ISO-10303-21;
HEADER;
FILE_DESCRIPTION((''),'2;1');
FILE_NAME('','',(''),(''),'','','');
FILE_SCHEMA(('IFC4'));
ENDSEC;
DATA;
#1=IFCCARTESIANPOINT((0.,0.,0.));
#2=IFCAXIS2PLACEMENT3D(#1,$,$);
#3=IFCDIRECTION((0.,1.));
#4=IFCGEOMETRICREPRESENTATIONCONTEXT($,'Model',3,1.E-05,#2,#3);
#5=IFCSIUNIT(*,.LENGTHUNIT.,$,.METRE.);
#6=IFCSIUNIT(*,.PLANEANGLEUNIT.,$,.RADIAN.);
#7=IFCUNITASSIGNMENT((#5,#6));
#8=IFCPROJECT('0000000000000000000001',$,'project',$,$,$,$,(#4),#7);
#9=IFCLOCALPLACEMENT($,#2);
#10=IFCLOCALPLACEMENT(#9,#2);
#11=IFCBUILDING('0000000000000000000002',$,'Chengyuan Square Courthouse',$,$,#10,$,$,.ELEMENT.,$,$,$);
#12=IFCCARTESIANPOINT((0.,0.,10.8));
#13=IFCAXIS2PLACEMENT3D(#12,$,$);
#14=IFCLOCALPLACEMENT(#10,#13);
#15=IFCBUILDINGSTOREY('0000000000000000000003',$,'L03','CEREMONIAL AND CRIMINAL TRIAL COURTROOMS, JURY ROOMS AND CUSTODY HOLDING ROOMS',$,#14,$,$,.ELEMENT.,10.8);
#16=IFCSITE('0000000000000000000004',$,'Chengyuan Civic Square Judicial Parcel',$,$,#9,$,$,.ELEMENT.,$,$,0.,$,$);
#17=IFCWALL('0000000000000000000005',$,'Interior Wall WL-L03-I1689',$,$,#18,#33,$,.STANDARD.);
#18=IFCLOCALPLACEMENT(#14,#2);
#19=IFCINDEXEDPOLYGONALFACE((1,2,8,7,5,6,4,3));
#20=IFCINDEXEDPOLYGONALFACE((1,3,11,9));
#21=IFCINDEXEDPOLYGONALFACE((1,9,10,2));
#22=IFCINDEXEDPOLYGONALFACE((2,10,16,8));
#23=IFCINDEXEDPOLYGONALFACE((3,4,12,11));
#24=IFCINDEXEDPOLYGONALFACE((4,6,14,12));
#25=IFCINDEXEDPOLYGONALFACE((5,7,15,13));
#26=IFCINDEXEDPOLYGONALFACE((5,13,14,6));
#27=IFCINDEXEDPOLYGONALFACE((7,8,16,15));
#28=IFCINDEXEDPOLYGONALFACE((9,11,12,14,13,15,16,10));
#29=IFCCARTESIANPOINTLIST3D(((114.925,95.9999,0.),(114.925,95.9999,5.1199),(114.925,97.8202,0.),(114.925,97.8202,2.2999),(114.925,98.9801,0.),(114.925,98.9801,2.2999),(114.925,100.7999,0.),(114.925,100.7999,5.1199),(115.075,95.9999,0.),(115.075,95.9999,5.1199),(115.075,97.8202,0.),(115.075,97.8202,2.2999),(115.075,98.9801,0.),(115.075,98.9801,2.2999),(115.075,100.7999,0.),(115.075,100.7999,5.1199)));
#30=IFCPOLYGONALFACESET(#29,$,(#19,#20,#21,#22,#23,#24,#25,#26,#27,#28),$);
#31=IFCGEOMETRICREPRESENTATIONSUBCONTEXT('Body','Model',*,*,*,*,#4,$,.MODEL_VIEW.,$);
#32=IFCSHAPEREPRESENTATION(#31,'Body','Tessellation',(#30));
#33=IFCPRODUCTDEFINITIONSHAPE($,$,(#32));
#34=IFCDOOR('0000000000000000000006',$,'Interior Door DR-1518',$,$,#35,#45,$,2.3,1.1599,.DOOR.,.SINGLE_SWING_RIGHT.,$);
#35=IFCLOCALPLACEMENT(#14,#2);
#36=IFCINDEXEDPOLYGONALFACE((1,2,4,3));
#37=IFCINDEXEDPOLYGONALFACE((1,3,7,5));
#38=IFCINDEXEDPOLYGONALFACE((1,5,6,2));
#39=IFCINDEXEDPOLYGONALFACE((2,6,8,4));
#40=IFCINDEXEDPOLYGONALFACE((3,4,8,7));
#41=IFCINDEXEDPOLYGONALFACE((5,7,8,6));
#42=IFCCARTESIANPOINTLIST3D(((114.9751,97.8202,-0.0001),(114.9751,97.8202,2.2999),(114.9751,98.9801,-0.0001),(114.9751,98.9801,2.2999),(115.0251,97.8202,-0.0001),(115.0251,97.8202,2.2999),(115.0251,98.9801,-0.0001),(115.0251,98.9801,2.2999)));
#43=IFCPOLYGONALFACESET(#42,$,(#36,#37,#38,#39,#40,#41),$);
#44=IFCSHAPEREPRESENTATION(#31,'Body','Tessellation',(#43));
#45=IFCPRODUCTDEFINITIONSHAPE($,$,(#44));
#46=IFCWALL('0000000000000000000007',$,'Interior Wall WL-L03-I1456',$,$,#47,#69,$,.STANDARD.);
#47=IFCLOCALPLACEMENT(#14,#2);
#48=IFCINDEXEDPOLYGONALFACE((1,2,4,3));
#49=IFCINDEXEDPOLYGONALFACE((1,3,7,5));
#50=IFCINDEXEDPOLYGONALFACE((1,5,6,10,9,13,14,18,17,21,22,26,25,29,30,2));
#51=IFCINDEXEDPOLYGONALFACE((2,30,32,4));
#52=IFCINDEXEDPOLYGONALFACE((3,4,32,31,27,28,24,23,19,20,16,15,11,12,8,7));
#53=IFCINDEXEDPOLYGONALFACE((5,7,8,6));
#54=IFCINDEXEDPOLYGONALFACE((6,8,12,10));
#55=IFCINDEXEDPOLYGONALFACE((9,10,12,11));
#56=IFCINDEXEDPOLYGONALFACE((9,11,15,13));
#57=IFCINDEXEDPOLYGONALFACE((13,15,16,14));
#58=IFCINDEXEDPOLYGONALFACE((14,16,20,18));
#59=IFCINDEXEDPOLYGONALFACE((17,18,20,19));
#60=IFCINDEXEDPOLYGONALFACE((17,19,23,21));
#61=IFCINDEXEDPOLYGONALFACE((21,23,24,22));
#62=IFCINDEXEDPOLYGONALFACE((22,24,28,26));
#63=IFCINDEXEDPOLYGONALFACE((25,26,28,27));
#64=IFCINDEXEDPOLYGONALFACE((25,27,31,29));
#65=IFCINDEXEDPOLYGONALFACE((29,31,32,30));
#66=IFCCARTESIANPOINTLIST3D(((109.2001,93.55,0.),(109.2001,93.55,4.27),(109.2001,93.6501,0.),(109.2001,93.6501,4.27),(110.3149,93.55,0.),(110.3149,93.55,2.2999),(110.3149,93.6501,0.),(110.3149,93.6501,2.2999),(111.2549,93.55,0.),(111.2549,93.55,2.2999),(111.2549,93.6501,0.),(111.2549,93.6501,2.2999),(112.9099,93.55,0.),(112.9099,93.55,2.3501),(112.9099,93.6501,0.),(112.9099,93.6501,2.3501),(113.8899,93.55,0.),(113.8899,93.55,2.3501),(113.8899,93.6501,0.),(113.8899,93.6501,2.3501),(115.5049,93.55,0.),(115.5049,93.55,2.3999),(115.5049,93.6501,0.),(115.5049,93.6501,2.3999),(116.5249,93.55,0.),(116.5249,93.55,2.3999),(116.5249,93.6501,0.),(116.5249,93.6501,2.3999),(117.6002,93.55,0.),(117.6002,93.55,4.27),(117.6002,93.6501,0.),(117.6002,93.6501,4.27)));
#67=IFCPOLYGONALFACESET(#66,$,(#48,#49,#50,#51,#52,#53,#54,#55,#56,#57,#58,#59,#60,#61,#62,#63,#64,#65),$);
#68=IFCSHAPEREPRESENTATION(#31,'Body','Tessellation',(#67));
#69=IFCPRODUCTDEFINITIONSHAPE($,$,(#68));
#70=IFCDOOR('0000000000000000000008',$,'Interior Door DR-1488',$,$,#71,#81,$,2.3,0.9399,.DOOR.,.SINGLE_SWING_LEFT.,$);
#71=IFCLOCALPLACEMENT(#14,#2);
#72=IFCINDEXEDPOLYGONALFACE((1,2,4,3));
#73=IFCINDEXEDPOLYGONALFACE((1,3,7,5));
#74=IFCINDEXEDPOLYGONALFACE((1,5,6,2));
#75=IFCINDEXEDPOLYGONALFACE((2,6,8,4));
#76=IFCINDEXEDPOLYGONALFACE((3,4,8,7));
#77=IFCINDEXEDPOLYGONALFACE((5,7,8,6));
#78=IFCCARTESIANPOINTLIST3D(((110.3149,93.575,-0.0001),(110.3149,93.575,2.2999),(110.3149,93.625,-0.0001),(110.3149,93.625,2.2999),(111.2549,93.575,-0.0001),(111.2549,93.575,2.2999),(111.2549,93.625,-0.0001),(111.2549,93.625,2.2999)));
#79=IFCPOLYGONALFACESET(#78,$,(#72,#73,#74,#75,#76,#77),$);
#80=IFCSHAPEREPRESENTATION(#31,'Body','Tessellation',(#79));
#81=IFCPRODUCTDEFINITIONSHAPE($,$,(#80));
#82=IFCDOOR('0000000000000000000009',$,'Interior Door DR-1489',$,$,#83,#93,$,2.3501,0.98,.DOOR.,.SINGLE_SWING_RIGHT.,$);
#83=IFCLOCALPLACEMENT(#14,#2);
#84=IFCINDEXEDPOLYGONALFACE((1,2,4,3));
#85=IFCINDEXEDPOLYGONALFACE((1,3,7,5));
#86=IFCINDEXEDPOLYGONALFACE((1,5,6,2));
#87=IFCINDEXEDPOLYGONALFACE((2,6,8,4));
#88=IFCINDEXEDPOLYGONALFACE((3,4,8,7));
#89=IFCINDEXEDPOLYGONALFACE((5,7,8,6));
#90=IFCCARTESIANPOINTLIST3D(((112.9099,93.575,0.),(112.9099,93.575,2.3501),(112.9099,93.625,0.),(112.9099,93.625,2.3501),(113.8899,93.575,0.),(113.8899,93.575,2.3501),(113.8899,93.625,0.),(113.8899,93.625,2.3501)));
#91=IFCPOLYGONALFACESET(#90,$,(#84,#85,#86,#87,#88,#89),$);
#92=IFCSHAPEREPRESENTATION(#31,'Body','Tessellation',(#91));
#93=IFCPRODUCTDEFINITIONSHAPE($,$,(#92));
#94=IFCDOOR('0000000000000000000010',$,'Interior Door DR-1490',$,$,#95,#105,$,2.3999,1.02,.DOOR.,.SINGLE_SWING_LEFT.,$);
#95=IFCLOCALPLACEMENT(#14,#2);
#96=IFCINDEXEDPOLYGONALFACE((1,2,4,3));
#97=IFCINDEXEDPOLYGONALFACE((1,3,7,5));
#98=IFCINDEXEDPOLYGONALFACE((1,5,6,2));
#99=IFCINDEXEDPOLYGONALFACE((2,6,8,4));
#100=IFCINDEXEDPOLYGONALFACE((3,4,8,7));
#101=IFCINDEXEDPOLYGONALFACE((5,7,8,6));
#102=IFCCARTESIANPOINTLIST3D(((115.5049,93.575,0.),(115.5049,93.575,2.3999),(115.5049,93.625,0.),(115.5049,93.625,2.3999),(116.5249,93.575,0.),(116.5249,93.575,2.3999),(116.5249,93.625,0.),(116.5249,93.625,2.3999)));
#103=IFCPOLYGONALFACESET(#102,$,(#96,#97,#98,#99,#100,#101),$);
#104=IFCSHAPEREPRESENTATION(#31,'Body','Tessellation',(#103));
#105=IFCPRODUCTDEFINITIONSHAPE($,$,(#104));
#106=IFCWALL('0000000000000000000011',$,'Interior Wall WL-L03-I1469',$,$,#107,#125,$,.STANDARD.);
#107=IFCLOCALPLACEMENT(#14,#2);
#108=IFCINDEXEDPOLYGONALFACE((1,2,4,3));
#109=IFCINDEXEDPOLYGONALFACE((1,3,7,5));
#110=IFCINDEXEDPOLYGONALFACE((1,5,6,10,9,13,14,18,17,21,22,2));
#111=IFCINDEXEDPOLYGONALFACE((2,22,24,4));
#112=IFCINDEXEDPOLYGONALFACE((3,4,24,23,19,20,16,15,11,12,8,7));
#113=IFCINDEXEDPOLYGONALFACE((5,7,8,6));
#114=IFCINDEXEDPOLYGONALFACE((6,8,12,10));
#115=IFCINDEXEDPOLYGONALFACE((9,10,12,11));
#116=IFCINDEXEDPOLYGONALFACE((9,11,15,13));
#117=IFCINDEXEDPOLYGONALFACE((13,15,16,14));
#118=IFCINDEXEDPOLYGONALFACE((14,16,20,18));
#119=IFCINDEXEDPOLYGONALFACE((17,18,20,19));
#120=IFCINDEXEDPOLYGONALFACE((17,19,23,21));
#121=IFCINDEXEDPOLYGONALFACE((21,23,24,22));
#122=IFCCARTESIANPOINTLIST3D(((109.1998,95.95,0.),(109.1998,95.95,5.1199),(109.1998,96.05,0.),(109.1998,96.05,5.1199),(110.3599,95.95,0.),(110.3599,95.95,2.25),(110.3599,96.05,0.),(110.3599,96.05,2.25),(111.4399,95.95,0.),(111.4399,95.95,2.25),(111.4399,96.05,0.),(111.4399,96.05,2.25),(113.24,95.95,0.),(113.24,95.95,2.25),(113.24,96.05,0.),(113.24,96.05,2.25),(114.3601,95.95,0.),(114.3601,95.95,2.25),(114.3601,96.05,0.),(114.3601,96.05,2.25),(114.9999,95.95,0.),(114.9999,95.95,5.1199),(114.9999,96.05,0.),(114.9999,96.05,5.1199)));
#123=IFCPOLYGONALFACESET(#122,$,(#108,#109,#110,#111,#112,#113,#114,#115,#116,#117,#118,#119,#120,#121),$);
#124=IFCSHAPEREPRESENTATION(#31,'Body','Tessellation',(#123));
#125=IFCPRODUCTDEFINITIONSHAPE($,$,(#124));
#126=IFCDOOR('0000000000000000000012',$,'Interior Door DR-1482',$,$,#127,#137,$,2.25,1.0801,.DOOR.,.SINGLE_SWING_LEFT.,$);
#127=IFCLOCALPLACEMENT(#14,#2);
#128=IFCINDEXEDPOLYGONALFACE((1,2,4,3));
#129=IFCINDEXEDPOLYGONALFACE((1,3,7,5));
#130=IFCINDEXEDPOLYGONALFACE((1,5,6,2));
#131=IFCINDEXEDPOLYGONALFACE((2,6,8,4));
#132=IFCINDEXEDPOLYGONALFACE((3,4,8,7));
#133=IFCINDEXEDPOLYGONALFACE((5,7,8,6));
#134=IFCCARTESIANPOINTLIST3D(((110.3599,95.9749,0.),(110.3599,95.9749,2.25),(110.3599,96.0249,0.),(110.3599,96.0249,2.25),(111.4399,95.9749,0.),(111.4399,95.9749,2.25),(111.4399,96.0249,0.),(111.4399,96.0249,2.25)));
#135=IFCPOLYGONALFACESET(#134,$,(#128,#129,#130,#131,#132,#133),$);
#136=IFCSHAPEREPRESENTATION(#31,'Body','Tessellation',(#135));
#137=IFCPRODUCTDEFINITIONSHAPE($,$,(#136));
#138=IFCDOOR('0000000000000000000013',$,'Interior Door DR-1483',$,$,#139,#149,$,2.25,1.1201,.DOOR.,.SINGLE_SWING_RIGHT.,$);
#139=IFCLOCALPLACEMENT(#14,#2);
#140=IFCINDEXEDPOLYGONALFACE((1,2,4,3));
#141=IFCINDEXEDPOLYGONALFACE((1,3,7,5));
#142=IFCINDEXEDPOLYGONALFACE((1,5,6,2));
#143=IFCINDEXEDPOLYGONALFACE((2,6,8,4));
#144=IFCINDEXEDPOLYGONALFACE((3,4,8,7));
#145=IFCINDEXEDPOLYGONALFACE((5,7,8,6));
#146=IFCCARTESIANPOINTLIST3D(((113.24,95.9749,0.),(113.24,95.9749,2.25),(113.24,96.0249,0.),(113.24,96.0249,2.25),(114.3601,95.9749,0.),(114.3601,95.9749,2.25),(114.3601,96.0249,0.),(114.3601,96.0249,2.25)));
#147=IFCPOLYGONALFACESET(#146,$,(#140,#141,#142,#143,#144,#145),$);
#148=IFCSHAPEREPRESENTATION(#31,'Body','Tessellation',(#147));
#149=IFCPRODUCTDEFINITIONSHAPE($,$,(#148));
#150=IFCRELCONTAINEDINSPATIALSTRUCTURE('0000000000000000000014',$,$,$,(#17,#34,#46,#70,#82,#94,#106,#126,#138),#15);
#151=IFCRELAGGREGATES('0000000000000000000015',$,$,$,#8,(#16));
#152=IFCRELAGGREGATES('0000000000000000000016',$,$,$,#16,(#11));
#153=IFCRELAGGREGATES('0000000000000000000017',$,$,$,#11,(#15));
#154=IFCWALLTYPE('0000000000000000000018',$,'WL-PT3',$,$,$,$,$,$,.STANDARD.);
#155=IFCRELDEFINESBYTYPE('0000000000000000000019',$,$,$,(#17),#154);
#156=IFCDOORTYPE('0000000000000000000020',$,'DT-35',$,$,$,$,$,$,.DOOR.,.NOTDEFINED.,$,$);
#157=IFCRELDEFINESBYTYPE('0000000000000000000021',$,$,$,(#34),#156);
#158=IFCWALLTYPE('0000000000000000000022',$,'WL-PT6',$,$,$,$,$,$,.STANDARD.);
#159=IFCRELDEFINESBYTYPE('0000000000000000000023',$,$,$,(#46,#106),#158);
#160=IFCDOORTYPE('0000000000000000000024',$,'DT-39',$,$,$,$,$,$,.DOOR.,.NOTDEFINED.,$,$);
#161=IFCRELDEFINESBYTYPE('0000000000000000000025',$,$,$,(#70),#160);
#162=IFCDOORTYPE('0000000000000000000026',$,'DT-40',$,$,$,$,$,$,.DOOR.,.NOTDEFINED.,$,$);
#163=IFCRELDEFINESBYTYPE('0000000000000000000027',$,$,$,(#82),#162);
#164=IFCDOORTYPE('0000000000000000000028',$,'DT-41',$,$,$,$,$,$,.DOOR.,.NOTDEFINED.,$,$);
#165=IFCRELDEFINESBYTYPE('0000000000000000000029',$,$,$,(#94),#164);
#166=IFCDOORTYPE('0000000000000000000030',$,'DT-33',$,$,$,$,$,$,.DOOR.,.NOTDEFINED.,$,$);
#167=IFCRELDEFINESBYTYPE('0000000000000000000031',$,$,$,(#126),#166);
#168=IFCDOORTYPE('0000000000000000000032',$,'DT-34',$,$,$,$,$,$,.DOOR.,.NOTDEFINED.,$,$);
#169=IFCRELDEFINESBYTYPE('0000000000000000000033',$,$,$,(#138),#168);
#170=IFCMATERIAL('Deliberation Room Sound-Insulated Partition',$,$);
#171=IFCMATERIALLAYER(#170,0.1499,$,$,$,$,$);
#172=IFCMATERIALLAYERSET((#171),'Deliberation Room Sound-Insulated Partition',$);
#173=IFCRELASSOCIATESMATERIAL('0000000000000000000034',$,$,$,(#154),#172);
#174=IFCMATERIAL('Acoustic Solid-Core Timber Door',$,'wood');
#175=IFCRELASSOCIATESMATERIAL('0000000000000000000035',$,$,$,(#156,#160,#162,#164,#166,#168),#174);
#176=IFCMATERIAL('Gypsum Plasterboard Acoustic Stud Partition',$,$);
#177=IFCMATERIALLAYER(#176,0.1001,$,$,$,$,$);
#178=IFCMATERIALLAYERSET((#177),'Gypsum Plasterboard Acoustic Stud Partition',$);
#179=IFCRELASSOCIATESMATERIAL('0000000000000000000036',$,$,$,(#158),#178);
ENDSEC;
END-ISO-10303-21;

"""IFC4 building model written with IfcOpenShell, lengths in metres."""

from ifc_helpers import new_model, si_unit, direction, frame, frame_2d, origin, place, context, subcontext, project, spatial, rectangle, extrude, material, layer, layer_set, type_object, element, fill, save


model = new_model("IFC4")

# Units and contexts
model_context = context("Model", 3, precision=1e-05, world=origin(), true_north=direction((0.0, 1.0)))
body_context = subcontext(model_context, "Body", "Model", "MODEL_VIEW")
ifc_project = project(units=[si_unit("LENGTHUNIT", "METRE"), si_unit("PLANEANGLEUNIT", "RADIAN")], contexts=[model_context])

# Site, building, storey
site_placement = place(None, origin())
site = spatial("IfcSite", under=ifc_project, at=site_placement, Name="Chengyuan Civic Square Judicial Parcel", CompositionType="ELEMENT", RefElevation=0.0)
building_placement = place(site_placement, origin())
building = spatial("IfcBuilding", under=site, at=building_placement, Name="Chengyuan Square Courthouse", CompositionType="ELEMENT")
storey_placement = place(building_placement, frame((0.0, 0.0, 10.8)))
storey = spatial("IfcBuildingStorey", under=building, at=storey_placement, Name="L03", Description="CEREMONIAL AND CRIMINAL TRIAL COURTROOMS, JURY ROOMS AND CUSTODY HOLDING ROOMS", CompositionType="ELEMENT", Elevation=10.8)

# Shared definitions
ifc_material_1 = material(Name="Deliberation Room Sound-Insulated Partition")
ifc_layer_1 = layer(ifc_material_1, 0.1499)
ifc_layer_set_1 = layer_set([ifc_layer_1], Name="Deliberation Room Sound-Insulated Partition")
wall_type_1 = type_object("IfcWallType", Name="WL-PT3", PredefinedType="STANDARD", material=ifc_layer_set_1)
ifc_material_2 = material(Name="Acoustic Solid-Core Timber Door", Category="wood")
door_type_1 = type_object("IfcDoorType", Name="DT-35", OperationType="NOTDEFINED", PredefinedType="DOOR", material=ifc_material_2)

# Wall, opening, door
wall_1_placement = place(storey_placement, frame((115.0, 96.0, 0.0), z_axis=(0.0, 0.0, 1.0), x_axis=(0.0, 1.0, 0.0)))
wall_1 = element("IfcWall", 1, at=wall_1_placement, inside=storey, type_object=wall_type_1, Name="Interior Wall WL-L03-I1689", PredefinedType="STANDARD", context=body_context, shape_type="SweptSolid", body=[
    extrude(rectangle(XDim=4.8, YDim=0.1499, at=frame_2d((2.3999, 0.0))), origin(), (0.0, 0.0, 1.0), 5.1199),
])
opening_1_placement = place(wall_1_placement, frame((1.8201, 0.0, 0.0)))
opening_1 = element("IfcOpeningElement", 2, at=opening_1_placement, cuts=wall_1, PredefinedType="OPENING", context=body_context, shape_type="SweptSolid", body=[
    extrude(rectangle(XDim=1.1599, YDim=2.3, at=frame_2d((0.5801, 1.1499))), frame((0.0, 0.0869, 0.0), z_axis=(0.0, -1.0, 0.0), x_axis=(1.0, 0.0, 0.0)), (0.0, 0.0, 1.0), 0.1738),
])
door_1_placement = place(opening_1_placement, origin())
door_1 = element("IfcDoor", 3, at=door_1_placement, inside=storey, type_object=door_type_1, Name="Interior Door DR-1518", OperationType="SINGLE_SWING_RIGHT", OverallHeight=2.3, OverallWidth=1.1599, PredefinedType="DOOR", context=body_context, shape_type="SweptSolid", body=[
    extrude(rectangle(XDim=1.1599, YDim=2.3, at=frame_2d((0.5801, 1.1499))), frame((0.0, 0.0249, 0.0), z_axis=(0.0, -1.0, 0.0), x_axis=(1.0, 0.0, 0.0)), (0.0, 0.0, 1.0), 0.05),
])
fill(opening_1, door_1)

# Walls, openings, doors
ifc_material_3 = material(Name="Gypsum Plasterboard Acoustic Stud Partition")
ifc_layer_2 = layer(ifc_material_3, 0.1001)
ifc_layer_set_2 = layer_set([ifc_layer_2], Name="Gypsum Plasterboard Acoustic Stud Partition")
wall_type_2 = type_object("IfcWallType", Name="WL-PT6", PredefinedType="STANDARD", material=ifc_layer_set_2)
wall_2_placement = place(storey_placement, frame((109.2, 93.6001, 0.0), z_axis=(0.0, 0.0, 1.0), x_axis=(1.0, 0.0, 0.0)))
wall_2 = element("IfcWall", 4, at=wall_2_placement, inside=storey, type_object=wall_type_2, Name="Interior Wall WL-L03-I1456", PredefinedType="STANDARD", context=body_context, shape_type="SweptSolid", body=[
    extrude(rectangle(XDim=8.4001, YDim=0.1001, at=frame_2d((4.2002, 0.0))), origin(), (0.0, 0.0, 1.0), 4.27),
])
opening_2_placement = place(wall_2_placement, frame((1.115, 0.0, 0.0)))
opening_2 = element("IfcOpeningElement", 5, at=opening_2_placement, cuts=wall_2, PredefinedType="OPENING", context=body_context, shape_type="SweptSolid", body=[
    extrude(rectangle(XDim=0.9399, YDim=2.3, at=frame_2d((0.47, 1.1499))), frame((0.0, 0.062, 0.0), z_axis=(0.0, -1.0, 0.0), x_axis=(1.0, 0.0, 0.0)), (0.0, 0.0, 1.0), 0.124),
])
opening_3_placement = place(wall_2_placement, frame((3.71, 0.0, 0.0)))
opening_3 = element("IfcOpeningElement", 6, at=opening_3_placement, cuts=wall_2, PredefinedType="OPENING", context=body_context, shape_type="SweptSolid", body=[
    extrude(rectangle(XDim=0.98, YDim=2.3501, at=frame_2d((0.49, 1.175))), frame((0.0, 0.062, 0.0), z_axis=(0.0, -1.0, 0.0), x_axis=(1.0, 0.0, 0.0)), (0.0, 0.0, 1.0), 0.124),
])
opening_4_placement = place(wall_2_placement, frame((6.3049, 0.0, 0.0)))
opening_4 = element("IfcOpeningElement", 7, at=opening_4_placement, cuts=wall_2, PredefinedType="OPENING", context=body_context, shape_type="SweptSolid", body=[
    extrude(rectangle(XDim=1.02, YDim=2.3999, at=frame_2d((0.51, 1.2))), frame((0.0, 0.062, 0.0), z_axis=(0.0, -1.0, 0.0), x_axis=(1.0, 0.0, 0.0)), (0.0, 0.0, 1.0), 0.124),
])
door_type_2 = type_object("IfcDoorType", Name="DT-39", OperationType="NOTDEFINED", PredefinedType="DOOR", material=ifc_material_2)
door_2_placement = place(opening_2_placement, origin())
door_2 = element("IfcDoor", 8, at=door_2_placement, inside=storey, type_object=door_type_2, Name="Interior Door DR-1488", OperationType="SINGLE_SWING_LEFT", OverallHeight=2.3, OverallWidth=0.9399, PredefinedType="DOOR", context=body_context, shape_type="SweptSolid", body=[
    extrude(rectangle(XDim=0.9399, YDim=2.3, at=frame_2d((0.47, 1.1499))), frame((0.0, 0.0249, 0.0), z_axis=(0.0, -1.0, 0.0), x_axis=(1.0, 0.0, 0.0)), (0.0, 0.0, 1.0), 0.05),
])
fill(opening_2, door_2)
door_type_3 = type_object("IfcDoorType", Name="DT-40", OperationType="NOTDEFINED", PredefinedType="DOOR", material=ifc_material_2)
door_3_placement = place(opening_3_placement, origin())
door_3 = element("IfcDoor", 9, at=door_3_placement, inside=storey, type_object=door_type_3, Name="Interior Door DR-1489", OperationType="SINGLE_SWING_RIGHT", OverallHeight=2.3501, OverallWidth=0.98, PredefinedType="DOOR", context=body_context, shape_type="SweptSolid", body=[
    extrude(rectangle(XDim=0.98, YDim=2.3501, at=frame_2d((0.49, 1.175))), frame((0.0, 0.0249, 0.0), z_axis=(0.0, -1.0, 0.0), x_axis=(1.0, 0.0, 0.0)), (0.0, 0.0, 1.0), 0.05),
])
fill(opening_3, door_3)
door_type_4 = type_object("IfcDoorType", Name="DT-41", OperationType="NOTDEFINED", PredefinedType="DOOR", material=ifc_material_2)
door_4_placement = place(opening_4_placement, origin())
door_4 = element("IfcDoor", 10, at=door_4_placement, inside=storey, type_object=door_type_4, Name="Interior Door DR-1490", OperationType="SINGLE_SWING_LEFT", OverallHeight=2.3999, OverallWidth=1.02, PredefinedType="DOOR", context=body_context, shape_type="SweptSolid", body=[
    extrude(rectangle(XDim=1.02, YDim=2.3999, at=frame_2d((0.51, 1.2))), frame((0.0, 0.0249, 0.0), z_axis=(0.0, -1.0, 0.0), x_axis=(1.0, 0.0, 0.0)), (0.0, 0.0, 1.0), 0.05),
])
fill(opening_4, door_4)
wall_3_placement = place(storey_placement, frame((109.2, 96.0, 0.0), z_axis=(0.0, 0.0, 1.0), x_axis=(1.0, 0.0, 0.0)))
wall_3 = element("IfcWall", 11, at=wall_3_placement, inside=storey, type_object=wall_type_2, Name="Interior Wall WL-L03-I1469", PredefinedType="STANDARD", context=body_context, shape_type="SweptSolid", body=[
    extrude(rectangle(XDim=5.8, YDim=0.1001, at=frame_2d((2.8999, 0.0))), origin(), (0.0, 0.0, 1.0), 5.1199),
])
opening_5_placement = place(wall_3_placement, frame((1.1599, 0.0, 0.0)))
opening_5 = element("IfcOpeningElement", 12, at=opening_5_placement, cuts=wall_3, PredefinedType="OPENING", context=body_context, shape_type="SweptSolid", body=[
    extrude(rectangle(XDim=1.0801, YDim=2.25, at=frame_2d((0.54, 1.125))), frame((0.0, 0.062, 0.0), z_axis=(0.0, -1.0, 0.0), x_axis=(1.0, 0.0, 0.0)), (0.0, 0.0, 1.0), 0.124),
])
opening_6_placement = place(wall_3_placement, frame((4.04, 0.0, 0.0)))
opening_6 = element("IfcOpeningElement", 13, at=opening_6_placement, cuts=wall_3, PredefinedType="OPENING", context=body_context, shape_type="SweptSolid", body=[
    extrude(rectangle(XDim=1.1201, YDim=2.25, at=frame_2d((0.5601, 1.125))), frame((0.0, 0.062, 0.0), z_axis=(0.0, -1.0, 0.0), x_axis=(1.0, 0.0, 0.0)), (0.0, 0.0, 1.0), 0.124),
])
door_type_5 = type_object("IfcDoorType", Name="DT-33", OperationType="NOTDEFINED", PredefinedType="DOOR", material=ifc_material_2)
door_5_placement = place(opening_5_placement, origin())
door_5 = element("IfcDoor", 14, at=door_5_placement, inside=storey, type_object=door_type_5, Name="Interior Door DR-1482", OperationType="SINGLE_SWING_LEFT", OverallHeight=2.25, OverallWidth=1.0801, PredefinedType="DOOR", context=body_context, shape_type="SweptSolid", body=[
    extrude(rectangle(XDim=1.0801, YDim=2.25, at=frame_2d((0.54, 1.125))), frame((0.0, 0.0249, 0.0), z_axis=(0.0, -1.0, 0.0), x_axis=(1.0, 0.0, 0.0)), (0.0, 0.0, 1.0), 0.05),
])
fill(opening_5, door_5)
door_type_6 = type_object("IfcDoorType", Name="DT-34", OperationType="NOTDEFINED", PredefinedType="DOOR", material=ifc_material_2)
door_6_placement = place(opening_6_placement, origin())
door_6 = element("IfcDoor", 15, at=door_6_placement, inside=storey, type_object=door_type_6, Name="Interior Door DR-1483", OperationType="SINGLE_SWING_RIGHT", OverallHeight=2.25, OverallWidth=1.1201, PredefinedType="DOOR", context=body_context, shape_type="SweptSolid", body=[
    extrude(rectangle(XDim=1.1201, YDim=2.25, at=frame_2d((0.5601, 1.125))), frame((0.0, 0.0249, 0.0), z_axis=(0.0, -1.0, 0.0), x_axis=(1.0, 0.0, 0.0)), (0.0, 0.0, 1.0), 0.05),
])
fill(opening_6, door_6)

save(model, "model.ifc")
